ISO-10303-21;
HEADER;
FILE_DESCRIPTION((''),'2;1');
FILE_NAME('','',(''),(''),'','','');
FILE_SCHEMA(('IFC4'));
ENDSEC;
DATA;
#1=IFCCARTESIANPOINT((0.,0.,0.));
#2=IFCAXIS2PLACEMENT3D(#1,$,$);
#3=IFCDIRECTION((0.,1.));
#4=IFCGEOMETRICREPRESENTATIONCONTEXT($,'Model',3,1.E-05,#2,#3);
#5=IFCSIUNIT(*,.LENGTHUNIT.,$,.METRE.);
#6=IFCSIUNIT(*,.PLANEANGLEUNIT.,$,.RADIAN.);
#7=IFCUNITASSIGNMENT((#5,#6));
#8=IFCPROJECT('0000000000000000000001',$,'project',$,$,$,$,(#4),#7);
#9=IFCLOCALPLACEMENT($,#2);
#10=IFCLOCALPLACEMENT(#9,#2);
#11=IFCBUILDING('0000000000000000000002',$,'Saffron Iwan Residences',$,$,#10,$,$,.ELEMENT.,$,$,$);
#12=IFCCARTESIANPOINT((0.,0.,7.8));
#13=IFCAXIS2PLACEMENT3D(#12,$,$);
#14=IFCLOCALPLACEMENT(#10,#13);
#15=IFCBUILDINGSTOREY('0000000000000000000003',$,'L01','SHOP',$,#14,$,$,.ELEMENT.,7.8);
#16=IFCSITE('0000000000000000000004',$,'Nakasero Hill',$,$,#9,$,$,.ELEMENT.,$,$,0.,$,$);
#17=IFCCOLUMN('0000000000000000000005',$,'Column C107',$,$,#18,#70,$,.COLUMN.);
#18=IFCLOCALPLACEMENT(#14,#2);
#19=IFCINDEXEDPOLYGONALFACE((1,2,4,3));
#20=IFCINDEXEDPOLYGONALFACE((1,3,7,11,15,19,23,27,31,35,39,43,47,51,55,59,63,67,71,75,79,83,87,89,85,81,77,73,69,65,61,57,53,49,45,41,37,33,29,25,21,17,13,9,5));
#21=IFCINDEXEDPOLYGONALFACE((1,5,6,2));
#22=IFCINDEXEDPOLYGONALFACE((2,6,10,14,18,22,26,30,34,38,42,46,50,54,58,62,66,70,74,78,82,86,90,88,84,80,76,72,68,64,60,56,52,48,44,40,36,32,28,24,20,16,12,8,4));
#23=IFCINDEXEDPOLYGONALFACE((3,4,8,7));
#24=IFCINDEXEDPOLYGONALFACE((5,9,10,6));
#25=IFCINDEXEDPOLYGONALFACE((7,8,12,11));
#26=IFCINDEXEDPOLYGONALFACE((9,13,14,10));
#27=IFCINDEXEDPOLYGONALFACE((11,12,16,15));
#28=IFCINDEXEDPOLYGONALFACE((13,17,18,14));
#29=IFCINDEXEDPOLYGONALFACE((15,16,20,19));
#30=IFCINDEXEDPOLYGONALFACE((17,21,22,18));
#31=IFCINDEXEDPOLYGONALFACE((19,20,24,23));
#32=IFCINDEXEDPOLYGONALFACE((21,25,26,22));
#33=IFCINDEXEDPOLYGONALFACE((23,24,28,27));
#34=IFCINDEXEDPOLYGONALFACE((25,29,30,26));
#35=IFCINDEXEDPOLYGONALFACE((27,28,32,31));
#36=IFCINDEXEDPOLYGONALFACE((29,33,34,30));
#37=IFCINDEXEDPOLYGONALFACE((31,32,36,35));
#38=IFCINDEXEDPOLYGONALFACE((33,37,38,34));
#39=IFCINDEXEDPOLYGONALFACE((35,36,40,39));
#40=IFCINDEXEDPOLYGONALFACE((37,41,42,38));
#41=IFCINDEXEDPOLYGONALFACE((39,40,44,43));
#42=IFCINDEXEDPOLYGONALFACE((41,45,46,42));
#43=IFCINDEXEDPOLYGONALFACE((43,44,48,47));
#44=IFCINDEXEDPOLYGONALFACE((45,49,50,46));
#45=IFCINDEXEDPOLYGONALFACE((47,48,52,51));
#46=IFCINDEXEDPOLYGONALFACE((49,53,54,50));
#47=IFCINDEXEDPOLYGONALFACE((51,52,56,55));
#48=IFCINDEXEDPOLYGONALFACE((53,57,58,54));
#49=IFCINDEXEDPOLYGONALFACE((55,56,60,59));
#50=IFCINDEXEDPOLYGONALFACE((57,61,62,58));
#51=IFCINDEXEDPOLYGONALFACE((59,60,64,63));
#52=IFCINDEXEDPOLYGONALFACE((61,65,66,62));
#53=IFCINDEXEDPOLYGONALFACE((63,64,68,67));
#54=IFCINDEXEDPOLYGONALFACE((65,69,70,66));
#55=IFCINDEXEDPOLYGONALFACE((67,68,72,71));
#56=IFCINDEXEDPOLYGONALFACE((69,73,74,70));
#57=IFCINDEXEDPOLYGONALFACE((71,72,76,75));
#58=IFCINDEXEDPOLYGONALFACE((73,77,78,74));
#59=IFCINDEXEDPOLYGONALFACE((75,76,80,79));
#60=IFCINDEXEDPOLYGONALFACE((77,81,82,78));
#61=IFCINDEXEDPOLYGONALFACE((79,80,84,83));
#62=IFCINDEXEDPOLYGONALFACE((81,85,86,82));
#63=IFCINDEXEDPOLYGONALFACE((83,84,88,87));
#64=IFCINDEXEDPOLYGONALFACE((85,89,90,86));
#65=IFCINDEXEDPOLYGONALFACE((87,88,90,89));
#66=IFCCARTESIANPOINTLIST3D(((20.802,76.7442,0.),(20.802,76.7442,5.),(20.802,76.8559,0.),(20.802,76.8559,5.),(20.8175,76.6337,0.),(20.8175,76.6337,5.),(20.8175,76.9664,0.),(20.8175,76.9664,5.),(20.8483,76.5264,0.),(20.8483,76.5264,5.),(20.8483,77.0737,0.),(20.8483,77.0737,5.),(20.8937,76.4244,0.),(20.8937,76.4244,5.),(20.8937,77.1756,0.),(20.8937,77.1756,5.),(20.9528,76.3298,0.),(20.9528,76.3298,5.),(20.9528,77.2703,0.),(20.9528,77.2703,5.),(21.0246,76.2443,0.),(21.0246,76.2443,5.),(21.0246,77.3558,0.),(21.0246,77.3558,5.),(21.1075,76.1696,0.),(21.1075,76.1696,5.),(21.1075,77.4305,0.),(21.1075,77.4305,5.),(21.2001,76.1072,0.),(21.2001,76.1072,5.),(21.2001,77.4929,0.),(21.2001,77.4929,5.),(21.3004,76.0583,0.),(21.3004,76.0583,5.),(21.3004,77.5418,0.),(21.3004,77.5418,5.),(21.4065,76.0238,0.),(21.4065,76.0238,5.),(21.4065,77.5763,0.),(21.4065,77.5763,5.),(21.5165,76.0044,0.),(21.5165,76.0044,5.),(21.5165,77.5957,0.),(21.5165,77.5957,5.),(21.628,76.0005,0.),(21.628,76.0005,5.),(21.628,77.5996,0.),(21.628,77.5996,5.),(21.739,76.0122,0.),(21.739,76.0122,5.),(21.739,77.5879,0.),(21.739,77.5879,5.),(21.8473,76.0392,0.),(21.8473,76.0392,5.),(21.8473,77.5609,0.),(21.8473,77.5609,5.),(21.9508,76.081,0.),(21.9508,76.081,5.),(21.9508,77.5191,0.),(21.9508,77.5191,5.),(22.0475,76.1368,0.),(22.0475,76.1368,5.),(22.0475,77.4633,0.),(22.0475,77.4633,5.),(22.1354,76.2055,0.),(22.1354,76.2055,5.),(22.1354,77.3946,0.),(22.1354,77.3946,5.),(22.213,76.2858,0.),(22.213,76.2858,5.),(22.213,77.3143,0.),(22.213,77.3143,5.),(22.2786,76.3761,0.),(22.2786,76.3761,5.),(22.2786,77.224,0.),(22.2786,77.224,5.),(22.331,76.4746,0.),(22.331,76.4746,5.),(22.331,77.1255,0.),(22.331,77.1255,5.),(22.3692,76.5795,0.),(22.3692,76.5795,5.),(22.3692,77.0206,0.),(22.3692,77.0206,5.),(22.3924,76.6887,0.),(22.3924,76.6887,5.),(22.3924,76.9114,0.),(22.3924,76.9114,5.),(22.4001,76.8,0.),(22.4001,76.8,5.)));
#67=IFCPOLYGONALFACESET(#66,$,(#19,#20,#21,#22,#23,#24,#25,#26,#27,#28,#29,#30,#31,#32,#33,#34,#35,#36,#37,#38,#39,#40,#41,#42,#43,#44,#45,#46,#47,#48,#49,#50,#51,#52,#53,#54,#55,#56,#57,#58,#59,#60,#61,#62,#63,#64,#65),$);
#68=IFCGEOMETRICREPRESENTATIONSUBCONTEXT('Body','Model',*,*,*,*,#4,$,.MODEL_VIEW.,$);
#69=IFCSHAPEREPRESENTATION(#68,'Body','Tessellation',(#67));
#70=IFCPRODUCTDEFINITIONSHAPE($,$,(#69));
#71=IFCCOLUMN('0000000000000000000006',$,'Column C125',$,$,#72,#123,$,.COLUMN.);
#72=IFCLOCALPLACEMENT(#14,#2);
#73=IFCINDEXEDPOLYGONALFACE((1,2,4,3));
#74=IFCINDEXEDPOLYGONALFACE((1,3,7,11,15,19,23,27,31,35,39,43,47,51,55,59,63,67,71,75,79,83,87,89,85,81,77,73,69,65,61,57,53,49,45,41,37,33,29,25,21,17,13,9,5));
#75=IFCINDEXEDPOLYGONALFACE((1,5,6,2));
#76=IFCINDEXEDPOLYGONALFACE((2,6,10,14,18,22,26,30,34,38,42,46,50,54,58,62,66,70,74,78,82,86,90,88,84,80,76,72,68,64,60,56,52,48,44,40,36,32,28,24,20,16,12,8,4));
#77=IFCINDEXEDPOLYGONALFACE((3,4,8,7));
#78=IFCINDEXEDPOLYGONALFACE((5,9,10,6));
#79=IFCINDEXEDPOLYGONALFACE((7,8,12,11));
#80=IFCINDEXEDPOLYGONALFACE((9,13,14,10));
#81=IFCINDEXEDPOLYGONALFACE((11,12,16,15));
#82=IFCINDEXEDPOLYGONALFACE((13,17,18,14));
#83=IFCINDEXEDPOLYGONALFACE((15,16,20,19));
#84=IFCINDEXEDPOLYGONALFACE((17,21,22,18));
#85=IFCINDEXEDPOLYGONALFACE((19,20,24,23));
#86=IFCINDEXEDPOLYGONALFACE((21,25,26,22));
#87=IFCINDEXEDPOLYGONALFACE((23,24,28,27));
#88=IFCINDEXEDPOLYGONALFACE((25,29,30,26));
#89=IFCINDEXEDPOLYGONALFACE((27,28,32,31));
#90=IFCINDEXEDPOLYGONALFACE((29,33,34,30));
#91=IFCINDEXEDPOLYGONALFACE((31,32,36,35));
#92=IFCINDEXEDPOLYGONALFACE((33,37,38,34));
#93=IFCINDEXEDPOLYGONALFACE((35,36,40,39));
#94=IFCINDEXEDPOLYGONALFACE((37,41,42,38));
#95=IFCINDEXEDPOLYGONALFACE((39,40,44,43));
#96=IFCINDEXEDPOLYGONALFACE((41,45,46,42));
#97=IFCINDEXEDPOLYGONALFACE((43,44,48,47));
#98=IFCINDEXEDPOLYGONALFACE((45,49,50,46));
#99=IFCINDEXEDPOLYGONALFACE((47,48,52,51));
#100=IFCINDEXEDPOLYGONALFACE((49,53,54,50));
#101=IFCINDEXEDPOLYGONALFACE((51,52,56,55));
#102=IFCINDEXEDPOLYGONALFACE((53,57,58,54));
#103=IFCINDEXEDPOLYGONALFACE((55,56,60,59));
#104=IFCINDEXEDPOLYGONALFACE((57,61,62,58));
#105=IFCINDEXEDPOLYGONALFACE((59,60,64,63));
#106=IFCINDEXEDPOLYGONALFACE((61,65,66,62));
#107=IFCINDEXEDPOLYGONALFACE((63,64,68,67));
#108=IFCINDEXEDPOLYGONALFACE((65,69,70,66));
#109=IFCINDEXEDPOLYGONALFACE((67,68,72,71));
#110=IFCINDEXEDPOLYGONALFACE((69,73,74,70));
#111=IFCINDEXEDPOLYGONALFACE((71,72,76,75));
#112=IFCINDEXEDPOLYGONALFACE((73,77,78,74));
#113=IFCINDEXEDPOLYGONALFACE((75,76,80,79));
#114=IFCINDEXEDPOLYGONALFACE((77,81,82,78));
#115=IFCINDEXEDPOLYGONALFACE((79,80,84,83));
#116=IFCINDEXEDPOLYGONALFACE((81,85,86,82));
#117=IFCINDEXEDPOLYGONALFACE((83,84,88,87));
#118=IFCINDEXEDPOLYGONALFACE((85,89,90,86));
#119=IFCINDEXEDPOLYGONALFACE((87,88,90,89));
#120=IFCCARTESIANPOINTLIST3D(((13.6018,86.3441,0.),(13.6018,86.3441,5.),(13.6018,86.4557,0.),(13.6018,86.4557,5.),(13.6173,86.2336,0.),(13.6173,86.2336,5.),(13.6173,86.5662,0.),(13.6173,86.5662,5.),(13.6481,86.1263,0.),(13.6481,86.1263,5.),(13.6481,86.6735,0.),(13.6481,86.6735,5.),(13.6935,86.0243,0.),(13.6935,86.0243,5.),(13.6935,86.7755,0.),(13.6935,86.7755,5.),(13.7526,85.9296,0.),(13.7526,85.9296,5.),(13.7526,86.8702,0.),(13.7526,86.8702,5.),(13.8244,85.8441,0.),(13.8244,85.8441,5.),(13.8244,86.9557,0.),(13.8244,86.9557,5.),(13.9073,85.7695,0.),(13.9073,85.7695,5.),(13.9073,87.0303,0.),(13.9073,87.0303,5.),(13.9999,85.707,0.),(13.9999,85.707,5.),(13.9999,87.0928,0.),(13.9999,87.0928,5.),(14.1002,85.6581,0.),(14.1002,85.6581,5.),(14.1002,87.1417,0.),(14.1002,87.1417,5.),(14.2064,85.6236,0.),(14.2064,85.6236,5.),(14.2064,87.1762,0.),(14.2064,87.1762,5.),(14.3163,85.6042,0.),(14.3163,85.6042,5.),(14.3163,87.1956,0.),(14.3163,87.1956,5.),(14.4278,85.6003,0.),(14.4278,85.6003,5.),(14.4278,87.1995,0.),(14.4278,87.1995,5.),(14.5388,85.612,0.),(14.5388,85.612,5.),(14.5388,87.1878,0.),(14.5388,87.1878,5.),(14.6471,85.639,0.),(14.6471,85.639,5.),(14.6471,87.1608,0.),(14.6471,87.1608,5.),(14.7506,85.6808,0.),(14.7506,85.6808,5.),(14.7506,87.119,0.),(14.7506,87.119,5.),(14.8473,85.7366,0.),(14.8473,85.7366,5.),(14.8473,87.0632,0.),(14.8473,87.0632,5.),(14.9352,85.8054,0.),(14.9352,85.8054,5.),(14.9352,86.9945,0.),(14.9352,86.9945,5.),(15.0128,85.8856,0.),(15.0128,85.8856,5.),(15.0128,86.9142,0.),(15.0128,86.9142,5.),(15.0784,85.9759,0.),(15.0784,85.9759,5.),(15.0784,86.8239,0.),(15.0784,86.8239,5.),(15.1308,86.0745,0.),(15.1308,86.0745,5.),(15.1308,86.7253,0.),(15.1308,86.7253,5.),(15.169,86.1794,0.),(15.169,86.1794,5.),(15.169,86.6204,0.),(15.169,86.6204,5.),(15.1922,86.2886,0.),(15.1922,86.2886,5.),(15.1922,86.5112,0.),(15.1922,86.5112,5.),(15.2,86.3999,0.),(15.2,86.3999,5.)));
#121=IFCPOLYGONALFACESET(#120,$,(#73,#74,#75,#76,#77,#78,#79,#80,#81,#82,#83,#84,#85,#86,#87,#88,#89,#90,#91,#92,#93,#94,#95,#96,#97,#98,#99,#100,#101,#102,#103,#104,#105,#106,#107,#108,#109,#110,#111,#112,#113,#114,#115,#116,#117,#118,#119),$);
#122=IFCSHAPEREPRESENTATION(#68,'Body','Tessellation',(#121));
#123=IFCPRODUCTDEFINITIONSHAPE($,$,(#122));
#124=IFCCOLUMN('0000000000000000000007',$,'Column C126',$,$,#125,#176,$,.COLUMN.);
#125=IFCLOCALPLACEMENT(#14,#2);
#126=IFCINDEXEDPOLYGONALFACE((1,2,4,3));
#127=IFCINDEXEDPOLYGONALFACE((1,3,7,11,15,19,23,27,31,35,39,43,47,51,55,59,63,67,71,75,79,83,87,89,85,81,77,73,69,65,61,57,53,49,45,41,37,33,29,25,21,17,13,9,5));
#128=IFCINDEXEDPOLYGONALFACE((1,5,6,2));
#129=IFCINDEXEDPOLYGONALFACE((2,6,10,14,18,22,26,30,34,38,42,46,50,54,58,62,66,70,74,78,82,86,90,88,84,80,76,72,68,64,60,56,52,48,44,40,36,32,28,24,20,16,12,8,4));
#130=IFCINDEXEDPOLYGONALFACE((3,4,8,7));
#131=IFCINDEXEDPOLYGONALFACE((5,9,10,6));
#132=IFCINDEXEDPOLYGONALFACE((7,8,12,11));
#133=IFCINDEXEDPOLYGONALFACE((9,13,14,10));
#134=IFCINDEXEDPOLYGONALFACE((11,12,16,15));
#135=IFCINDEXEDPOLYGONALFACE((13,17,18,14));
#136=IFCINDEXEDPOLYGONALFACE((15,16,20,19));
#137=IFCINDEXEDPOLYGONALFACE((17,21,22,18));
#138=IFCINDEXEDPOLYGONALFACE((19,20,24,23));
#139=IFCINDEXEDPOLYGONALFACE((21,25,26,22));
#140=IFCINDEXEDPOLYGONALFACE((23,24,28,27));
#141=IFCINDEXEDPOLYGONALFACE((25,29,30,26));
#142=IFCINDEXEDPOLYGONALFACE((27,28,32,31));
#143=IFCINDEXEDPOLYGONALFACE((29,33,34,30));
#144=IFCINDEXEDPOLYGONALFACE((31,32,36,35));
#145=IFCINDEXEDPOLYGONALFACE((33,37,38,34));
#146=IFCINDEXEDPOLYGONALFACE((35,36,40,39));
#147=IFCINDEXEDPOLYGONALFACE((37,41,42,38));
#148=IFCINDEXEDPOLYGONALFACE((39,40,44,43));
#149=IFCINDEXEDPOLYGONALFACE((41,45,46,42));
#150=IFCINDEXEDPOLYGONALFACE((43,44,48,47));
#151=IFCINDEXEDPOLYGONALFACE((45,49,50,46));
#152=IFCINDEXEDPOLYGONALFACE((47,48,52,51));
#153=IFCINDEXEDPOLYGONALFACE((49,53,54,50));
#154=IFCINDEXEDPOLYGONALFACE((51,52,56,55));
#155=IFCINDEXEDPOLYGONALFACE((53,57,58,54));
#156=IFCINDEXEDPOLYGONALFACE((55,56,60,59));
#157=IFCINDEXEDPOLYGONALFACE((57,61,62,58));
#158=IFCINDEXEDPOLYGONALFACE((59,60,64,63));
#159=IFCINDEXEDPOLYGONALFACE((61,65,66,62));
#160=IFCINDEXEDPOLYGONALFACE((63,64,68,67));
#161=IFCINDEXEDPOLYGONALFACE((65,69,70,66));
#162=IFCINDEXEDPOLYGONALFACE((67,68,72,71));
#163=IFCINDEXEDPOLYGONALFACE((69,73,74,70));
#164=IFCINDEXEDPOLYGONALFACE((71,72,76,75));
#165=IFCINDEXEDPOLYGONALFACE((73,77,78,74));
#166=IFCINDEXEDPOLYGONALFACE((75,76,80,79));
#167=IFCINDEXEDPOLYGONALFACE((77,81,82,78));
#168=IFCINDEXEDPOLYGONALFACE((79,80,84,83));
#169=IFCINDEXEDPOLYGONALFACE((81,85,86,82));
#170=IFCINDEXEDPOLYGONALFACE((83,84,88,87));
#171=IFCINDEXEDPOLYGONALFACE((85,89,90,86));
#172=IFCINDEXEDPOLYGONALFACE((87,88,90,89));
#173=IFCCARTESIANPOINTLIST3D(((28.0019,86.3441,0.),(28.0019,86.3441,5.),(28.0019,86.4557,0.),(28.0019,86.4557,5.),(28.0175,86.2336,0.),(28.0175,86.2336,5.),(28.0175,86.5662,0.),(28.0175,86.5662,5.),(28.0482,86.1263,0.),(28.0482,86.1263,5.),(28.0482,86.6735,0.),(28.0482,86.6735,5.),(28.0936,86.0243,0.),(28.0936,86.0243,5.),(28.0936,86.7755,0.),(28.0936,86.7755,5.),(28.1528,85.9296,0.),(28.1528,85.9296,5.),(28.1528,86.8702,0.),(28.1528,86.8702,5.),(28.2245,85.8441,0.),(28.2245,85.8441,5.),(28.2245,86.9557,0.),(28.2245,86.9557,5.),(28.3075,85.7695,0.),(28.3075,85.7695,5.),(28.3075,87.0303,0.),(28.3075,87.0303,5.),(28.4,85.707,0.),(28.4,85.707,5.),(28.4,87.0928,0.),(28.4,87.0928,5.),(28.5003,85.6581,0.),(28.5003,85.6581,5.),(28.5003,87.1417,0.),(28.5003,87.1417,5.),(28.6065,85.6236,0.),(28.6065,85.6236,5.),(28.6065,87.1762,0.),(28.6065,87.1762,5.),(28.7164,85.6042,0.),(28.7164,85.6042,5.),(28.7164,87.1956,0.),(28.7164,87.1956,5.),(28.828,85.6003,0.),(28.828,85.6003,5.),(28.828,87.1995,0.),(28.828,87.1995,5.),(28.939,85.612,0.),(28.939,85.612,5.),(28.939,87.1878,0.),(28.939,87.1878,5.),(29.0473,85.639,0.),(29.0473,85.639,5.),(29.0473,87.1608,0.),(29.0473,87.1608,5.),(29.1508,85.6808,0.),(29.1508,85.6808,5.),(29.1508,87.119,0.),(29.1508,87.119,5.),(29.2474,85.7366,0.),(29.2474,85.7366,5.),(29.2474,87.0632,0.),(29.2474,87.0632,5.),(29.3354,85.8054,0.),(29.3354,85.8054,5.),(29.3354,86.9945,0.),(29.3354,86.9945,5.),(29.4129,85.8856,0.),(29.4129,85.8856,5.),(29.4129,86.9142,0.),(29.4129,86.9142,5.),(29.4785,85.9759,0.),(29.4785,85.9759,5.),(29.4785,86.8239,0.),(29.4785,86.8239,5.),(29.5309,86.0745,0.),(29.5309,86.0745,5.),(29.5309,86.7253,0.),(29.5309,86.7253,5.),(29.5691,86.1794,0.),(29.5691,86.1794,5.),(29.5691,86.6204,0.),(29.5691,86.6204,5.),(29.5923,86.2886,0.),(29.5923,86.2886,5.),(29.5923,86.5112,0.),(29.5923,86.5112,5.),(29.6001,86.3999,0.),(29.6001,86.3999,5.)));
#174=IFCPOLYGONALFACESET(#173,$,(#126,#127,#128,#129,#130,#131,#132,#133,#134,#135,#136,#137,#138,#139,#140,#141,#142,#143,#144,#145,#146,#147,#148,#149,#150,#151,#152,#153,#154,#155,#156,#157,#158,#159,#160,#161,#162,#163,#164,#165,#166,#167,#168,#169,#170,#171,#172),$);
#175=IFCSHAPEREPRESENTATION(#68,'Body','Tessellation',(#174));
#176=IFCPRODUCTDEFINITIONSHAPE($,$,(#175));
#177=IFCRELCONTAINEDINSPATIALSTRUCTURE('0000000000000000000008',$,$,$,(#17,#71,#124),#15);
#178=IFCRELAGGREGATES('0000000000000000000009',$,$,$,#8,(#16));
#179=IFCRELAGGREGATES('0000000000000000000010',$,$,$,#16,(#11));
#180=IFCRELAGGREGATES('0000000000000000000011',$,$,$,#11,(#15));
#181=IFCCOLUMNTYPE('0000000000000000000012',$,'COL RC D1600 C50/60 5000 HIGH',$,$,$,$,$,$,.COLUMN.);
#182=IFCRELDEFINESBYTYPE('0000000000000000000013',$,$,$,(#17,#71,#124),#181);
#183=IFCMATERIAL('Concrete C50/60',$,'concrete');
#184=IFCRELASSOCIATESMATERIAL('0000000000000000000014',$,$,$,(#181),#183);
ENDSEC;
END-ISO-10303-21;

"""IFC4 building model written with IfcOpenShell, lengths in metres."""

from ifc_helpers import new_model, si_unit, direction, frame, origin, origin_2d, place, context, subcontext, project, spatial, circle, extrude, source, transform, mapped, material, material_profile, profile_set, type_object, element, save


model = new_model("IFC4")

# Units and contexts
model_context = context("Model", 3, precision=1e-05, world=origin(), true_north=direction((0.0, 1.0)))
body_context = subcontext(model_context, "Body", "Model", "MODEL_VIEW")
ifc_project = project(units=[si_unit("LENGTHUNIT", "METRE"), si_unit("PLANEANGLEUNIT", "RADIAN")], contexts=[model_context])

# Site, building, storey
site_placement = place(None, origin())
site = spatial("IfcSite", under=ifc_project, at=site_placement, Name="Nakasero Hill", CompositionType="ELEMENT", RefElevation=0.0)
building_placement = place(site_placement, origin())
building = spatial("IfcBuilding", under=site, at=building_placement, Name="Saffron Iwan Residences", CompositionType="ELEMENT")
storey_placement = place(building_placement, frame((0.0, 0.0, 7.8)))
storey = spatial("IfcBuildingStorey", under=building, at=storey_placement, Name="L01", Description="SHOP", CompositionType="ELEMENT", Elevation=7.8)

# Columns
ifc_material_1 = material(Name="Concrete C50/60", Category="concrete")
ifc_material_profile_1 = material_profile(ifc_material_1, circle(Radius=0.8, at=origin_2d()), Name="RC D1600")
ifc_profile_set_1 = profile_set([ifc_material_profile_1], Name="Concrete C50/60")
column_type = type_object("IfcColumnType", Name="COL RC D1600 C50/60 5000 HIGH", PredefinedType="COLUMN", material=ifc_profile_set_1)
shared_shape_1 = source(origin(), body_context, "Body", "SweptSolid", [
    extrude(circle(Radius=0.8, at=origin_2d()), origin(), (0.0, 0.0, 1.0), 5.0),
])
for number, where, z_axis, x_axis, name in (
    (1, (21.6001, 76.8, 0.0), (0.0, 0.0, 1.0), (1.0, 0.0, 0.0), "Column C107"),
    (2, (14.3999, 86.3999, 0.0), (0.0, 0.0, 1.0), (1.0, 0.0, 0.0), "Column C125"),
    (3, (28.8, 86.3999, 0.0), (0.0, 0.0, 1.0), (1.0, 0.0, 0.0), "Column C126"),
):
    element("IfcColumn", number, at=place(storey_placement, frame(where, z_axis=z_axis, x_axis=x_axis)), inside=storey, type_object=column_type, Name=name, PredefinedType="COLUMN", context=body_context, shape_type="MappedRepresentation", body=[
        mapped(shared_shape_1, transform((0.0, 0.0, 0.0))),
    ])

save(model, "model.ifc")
